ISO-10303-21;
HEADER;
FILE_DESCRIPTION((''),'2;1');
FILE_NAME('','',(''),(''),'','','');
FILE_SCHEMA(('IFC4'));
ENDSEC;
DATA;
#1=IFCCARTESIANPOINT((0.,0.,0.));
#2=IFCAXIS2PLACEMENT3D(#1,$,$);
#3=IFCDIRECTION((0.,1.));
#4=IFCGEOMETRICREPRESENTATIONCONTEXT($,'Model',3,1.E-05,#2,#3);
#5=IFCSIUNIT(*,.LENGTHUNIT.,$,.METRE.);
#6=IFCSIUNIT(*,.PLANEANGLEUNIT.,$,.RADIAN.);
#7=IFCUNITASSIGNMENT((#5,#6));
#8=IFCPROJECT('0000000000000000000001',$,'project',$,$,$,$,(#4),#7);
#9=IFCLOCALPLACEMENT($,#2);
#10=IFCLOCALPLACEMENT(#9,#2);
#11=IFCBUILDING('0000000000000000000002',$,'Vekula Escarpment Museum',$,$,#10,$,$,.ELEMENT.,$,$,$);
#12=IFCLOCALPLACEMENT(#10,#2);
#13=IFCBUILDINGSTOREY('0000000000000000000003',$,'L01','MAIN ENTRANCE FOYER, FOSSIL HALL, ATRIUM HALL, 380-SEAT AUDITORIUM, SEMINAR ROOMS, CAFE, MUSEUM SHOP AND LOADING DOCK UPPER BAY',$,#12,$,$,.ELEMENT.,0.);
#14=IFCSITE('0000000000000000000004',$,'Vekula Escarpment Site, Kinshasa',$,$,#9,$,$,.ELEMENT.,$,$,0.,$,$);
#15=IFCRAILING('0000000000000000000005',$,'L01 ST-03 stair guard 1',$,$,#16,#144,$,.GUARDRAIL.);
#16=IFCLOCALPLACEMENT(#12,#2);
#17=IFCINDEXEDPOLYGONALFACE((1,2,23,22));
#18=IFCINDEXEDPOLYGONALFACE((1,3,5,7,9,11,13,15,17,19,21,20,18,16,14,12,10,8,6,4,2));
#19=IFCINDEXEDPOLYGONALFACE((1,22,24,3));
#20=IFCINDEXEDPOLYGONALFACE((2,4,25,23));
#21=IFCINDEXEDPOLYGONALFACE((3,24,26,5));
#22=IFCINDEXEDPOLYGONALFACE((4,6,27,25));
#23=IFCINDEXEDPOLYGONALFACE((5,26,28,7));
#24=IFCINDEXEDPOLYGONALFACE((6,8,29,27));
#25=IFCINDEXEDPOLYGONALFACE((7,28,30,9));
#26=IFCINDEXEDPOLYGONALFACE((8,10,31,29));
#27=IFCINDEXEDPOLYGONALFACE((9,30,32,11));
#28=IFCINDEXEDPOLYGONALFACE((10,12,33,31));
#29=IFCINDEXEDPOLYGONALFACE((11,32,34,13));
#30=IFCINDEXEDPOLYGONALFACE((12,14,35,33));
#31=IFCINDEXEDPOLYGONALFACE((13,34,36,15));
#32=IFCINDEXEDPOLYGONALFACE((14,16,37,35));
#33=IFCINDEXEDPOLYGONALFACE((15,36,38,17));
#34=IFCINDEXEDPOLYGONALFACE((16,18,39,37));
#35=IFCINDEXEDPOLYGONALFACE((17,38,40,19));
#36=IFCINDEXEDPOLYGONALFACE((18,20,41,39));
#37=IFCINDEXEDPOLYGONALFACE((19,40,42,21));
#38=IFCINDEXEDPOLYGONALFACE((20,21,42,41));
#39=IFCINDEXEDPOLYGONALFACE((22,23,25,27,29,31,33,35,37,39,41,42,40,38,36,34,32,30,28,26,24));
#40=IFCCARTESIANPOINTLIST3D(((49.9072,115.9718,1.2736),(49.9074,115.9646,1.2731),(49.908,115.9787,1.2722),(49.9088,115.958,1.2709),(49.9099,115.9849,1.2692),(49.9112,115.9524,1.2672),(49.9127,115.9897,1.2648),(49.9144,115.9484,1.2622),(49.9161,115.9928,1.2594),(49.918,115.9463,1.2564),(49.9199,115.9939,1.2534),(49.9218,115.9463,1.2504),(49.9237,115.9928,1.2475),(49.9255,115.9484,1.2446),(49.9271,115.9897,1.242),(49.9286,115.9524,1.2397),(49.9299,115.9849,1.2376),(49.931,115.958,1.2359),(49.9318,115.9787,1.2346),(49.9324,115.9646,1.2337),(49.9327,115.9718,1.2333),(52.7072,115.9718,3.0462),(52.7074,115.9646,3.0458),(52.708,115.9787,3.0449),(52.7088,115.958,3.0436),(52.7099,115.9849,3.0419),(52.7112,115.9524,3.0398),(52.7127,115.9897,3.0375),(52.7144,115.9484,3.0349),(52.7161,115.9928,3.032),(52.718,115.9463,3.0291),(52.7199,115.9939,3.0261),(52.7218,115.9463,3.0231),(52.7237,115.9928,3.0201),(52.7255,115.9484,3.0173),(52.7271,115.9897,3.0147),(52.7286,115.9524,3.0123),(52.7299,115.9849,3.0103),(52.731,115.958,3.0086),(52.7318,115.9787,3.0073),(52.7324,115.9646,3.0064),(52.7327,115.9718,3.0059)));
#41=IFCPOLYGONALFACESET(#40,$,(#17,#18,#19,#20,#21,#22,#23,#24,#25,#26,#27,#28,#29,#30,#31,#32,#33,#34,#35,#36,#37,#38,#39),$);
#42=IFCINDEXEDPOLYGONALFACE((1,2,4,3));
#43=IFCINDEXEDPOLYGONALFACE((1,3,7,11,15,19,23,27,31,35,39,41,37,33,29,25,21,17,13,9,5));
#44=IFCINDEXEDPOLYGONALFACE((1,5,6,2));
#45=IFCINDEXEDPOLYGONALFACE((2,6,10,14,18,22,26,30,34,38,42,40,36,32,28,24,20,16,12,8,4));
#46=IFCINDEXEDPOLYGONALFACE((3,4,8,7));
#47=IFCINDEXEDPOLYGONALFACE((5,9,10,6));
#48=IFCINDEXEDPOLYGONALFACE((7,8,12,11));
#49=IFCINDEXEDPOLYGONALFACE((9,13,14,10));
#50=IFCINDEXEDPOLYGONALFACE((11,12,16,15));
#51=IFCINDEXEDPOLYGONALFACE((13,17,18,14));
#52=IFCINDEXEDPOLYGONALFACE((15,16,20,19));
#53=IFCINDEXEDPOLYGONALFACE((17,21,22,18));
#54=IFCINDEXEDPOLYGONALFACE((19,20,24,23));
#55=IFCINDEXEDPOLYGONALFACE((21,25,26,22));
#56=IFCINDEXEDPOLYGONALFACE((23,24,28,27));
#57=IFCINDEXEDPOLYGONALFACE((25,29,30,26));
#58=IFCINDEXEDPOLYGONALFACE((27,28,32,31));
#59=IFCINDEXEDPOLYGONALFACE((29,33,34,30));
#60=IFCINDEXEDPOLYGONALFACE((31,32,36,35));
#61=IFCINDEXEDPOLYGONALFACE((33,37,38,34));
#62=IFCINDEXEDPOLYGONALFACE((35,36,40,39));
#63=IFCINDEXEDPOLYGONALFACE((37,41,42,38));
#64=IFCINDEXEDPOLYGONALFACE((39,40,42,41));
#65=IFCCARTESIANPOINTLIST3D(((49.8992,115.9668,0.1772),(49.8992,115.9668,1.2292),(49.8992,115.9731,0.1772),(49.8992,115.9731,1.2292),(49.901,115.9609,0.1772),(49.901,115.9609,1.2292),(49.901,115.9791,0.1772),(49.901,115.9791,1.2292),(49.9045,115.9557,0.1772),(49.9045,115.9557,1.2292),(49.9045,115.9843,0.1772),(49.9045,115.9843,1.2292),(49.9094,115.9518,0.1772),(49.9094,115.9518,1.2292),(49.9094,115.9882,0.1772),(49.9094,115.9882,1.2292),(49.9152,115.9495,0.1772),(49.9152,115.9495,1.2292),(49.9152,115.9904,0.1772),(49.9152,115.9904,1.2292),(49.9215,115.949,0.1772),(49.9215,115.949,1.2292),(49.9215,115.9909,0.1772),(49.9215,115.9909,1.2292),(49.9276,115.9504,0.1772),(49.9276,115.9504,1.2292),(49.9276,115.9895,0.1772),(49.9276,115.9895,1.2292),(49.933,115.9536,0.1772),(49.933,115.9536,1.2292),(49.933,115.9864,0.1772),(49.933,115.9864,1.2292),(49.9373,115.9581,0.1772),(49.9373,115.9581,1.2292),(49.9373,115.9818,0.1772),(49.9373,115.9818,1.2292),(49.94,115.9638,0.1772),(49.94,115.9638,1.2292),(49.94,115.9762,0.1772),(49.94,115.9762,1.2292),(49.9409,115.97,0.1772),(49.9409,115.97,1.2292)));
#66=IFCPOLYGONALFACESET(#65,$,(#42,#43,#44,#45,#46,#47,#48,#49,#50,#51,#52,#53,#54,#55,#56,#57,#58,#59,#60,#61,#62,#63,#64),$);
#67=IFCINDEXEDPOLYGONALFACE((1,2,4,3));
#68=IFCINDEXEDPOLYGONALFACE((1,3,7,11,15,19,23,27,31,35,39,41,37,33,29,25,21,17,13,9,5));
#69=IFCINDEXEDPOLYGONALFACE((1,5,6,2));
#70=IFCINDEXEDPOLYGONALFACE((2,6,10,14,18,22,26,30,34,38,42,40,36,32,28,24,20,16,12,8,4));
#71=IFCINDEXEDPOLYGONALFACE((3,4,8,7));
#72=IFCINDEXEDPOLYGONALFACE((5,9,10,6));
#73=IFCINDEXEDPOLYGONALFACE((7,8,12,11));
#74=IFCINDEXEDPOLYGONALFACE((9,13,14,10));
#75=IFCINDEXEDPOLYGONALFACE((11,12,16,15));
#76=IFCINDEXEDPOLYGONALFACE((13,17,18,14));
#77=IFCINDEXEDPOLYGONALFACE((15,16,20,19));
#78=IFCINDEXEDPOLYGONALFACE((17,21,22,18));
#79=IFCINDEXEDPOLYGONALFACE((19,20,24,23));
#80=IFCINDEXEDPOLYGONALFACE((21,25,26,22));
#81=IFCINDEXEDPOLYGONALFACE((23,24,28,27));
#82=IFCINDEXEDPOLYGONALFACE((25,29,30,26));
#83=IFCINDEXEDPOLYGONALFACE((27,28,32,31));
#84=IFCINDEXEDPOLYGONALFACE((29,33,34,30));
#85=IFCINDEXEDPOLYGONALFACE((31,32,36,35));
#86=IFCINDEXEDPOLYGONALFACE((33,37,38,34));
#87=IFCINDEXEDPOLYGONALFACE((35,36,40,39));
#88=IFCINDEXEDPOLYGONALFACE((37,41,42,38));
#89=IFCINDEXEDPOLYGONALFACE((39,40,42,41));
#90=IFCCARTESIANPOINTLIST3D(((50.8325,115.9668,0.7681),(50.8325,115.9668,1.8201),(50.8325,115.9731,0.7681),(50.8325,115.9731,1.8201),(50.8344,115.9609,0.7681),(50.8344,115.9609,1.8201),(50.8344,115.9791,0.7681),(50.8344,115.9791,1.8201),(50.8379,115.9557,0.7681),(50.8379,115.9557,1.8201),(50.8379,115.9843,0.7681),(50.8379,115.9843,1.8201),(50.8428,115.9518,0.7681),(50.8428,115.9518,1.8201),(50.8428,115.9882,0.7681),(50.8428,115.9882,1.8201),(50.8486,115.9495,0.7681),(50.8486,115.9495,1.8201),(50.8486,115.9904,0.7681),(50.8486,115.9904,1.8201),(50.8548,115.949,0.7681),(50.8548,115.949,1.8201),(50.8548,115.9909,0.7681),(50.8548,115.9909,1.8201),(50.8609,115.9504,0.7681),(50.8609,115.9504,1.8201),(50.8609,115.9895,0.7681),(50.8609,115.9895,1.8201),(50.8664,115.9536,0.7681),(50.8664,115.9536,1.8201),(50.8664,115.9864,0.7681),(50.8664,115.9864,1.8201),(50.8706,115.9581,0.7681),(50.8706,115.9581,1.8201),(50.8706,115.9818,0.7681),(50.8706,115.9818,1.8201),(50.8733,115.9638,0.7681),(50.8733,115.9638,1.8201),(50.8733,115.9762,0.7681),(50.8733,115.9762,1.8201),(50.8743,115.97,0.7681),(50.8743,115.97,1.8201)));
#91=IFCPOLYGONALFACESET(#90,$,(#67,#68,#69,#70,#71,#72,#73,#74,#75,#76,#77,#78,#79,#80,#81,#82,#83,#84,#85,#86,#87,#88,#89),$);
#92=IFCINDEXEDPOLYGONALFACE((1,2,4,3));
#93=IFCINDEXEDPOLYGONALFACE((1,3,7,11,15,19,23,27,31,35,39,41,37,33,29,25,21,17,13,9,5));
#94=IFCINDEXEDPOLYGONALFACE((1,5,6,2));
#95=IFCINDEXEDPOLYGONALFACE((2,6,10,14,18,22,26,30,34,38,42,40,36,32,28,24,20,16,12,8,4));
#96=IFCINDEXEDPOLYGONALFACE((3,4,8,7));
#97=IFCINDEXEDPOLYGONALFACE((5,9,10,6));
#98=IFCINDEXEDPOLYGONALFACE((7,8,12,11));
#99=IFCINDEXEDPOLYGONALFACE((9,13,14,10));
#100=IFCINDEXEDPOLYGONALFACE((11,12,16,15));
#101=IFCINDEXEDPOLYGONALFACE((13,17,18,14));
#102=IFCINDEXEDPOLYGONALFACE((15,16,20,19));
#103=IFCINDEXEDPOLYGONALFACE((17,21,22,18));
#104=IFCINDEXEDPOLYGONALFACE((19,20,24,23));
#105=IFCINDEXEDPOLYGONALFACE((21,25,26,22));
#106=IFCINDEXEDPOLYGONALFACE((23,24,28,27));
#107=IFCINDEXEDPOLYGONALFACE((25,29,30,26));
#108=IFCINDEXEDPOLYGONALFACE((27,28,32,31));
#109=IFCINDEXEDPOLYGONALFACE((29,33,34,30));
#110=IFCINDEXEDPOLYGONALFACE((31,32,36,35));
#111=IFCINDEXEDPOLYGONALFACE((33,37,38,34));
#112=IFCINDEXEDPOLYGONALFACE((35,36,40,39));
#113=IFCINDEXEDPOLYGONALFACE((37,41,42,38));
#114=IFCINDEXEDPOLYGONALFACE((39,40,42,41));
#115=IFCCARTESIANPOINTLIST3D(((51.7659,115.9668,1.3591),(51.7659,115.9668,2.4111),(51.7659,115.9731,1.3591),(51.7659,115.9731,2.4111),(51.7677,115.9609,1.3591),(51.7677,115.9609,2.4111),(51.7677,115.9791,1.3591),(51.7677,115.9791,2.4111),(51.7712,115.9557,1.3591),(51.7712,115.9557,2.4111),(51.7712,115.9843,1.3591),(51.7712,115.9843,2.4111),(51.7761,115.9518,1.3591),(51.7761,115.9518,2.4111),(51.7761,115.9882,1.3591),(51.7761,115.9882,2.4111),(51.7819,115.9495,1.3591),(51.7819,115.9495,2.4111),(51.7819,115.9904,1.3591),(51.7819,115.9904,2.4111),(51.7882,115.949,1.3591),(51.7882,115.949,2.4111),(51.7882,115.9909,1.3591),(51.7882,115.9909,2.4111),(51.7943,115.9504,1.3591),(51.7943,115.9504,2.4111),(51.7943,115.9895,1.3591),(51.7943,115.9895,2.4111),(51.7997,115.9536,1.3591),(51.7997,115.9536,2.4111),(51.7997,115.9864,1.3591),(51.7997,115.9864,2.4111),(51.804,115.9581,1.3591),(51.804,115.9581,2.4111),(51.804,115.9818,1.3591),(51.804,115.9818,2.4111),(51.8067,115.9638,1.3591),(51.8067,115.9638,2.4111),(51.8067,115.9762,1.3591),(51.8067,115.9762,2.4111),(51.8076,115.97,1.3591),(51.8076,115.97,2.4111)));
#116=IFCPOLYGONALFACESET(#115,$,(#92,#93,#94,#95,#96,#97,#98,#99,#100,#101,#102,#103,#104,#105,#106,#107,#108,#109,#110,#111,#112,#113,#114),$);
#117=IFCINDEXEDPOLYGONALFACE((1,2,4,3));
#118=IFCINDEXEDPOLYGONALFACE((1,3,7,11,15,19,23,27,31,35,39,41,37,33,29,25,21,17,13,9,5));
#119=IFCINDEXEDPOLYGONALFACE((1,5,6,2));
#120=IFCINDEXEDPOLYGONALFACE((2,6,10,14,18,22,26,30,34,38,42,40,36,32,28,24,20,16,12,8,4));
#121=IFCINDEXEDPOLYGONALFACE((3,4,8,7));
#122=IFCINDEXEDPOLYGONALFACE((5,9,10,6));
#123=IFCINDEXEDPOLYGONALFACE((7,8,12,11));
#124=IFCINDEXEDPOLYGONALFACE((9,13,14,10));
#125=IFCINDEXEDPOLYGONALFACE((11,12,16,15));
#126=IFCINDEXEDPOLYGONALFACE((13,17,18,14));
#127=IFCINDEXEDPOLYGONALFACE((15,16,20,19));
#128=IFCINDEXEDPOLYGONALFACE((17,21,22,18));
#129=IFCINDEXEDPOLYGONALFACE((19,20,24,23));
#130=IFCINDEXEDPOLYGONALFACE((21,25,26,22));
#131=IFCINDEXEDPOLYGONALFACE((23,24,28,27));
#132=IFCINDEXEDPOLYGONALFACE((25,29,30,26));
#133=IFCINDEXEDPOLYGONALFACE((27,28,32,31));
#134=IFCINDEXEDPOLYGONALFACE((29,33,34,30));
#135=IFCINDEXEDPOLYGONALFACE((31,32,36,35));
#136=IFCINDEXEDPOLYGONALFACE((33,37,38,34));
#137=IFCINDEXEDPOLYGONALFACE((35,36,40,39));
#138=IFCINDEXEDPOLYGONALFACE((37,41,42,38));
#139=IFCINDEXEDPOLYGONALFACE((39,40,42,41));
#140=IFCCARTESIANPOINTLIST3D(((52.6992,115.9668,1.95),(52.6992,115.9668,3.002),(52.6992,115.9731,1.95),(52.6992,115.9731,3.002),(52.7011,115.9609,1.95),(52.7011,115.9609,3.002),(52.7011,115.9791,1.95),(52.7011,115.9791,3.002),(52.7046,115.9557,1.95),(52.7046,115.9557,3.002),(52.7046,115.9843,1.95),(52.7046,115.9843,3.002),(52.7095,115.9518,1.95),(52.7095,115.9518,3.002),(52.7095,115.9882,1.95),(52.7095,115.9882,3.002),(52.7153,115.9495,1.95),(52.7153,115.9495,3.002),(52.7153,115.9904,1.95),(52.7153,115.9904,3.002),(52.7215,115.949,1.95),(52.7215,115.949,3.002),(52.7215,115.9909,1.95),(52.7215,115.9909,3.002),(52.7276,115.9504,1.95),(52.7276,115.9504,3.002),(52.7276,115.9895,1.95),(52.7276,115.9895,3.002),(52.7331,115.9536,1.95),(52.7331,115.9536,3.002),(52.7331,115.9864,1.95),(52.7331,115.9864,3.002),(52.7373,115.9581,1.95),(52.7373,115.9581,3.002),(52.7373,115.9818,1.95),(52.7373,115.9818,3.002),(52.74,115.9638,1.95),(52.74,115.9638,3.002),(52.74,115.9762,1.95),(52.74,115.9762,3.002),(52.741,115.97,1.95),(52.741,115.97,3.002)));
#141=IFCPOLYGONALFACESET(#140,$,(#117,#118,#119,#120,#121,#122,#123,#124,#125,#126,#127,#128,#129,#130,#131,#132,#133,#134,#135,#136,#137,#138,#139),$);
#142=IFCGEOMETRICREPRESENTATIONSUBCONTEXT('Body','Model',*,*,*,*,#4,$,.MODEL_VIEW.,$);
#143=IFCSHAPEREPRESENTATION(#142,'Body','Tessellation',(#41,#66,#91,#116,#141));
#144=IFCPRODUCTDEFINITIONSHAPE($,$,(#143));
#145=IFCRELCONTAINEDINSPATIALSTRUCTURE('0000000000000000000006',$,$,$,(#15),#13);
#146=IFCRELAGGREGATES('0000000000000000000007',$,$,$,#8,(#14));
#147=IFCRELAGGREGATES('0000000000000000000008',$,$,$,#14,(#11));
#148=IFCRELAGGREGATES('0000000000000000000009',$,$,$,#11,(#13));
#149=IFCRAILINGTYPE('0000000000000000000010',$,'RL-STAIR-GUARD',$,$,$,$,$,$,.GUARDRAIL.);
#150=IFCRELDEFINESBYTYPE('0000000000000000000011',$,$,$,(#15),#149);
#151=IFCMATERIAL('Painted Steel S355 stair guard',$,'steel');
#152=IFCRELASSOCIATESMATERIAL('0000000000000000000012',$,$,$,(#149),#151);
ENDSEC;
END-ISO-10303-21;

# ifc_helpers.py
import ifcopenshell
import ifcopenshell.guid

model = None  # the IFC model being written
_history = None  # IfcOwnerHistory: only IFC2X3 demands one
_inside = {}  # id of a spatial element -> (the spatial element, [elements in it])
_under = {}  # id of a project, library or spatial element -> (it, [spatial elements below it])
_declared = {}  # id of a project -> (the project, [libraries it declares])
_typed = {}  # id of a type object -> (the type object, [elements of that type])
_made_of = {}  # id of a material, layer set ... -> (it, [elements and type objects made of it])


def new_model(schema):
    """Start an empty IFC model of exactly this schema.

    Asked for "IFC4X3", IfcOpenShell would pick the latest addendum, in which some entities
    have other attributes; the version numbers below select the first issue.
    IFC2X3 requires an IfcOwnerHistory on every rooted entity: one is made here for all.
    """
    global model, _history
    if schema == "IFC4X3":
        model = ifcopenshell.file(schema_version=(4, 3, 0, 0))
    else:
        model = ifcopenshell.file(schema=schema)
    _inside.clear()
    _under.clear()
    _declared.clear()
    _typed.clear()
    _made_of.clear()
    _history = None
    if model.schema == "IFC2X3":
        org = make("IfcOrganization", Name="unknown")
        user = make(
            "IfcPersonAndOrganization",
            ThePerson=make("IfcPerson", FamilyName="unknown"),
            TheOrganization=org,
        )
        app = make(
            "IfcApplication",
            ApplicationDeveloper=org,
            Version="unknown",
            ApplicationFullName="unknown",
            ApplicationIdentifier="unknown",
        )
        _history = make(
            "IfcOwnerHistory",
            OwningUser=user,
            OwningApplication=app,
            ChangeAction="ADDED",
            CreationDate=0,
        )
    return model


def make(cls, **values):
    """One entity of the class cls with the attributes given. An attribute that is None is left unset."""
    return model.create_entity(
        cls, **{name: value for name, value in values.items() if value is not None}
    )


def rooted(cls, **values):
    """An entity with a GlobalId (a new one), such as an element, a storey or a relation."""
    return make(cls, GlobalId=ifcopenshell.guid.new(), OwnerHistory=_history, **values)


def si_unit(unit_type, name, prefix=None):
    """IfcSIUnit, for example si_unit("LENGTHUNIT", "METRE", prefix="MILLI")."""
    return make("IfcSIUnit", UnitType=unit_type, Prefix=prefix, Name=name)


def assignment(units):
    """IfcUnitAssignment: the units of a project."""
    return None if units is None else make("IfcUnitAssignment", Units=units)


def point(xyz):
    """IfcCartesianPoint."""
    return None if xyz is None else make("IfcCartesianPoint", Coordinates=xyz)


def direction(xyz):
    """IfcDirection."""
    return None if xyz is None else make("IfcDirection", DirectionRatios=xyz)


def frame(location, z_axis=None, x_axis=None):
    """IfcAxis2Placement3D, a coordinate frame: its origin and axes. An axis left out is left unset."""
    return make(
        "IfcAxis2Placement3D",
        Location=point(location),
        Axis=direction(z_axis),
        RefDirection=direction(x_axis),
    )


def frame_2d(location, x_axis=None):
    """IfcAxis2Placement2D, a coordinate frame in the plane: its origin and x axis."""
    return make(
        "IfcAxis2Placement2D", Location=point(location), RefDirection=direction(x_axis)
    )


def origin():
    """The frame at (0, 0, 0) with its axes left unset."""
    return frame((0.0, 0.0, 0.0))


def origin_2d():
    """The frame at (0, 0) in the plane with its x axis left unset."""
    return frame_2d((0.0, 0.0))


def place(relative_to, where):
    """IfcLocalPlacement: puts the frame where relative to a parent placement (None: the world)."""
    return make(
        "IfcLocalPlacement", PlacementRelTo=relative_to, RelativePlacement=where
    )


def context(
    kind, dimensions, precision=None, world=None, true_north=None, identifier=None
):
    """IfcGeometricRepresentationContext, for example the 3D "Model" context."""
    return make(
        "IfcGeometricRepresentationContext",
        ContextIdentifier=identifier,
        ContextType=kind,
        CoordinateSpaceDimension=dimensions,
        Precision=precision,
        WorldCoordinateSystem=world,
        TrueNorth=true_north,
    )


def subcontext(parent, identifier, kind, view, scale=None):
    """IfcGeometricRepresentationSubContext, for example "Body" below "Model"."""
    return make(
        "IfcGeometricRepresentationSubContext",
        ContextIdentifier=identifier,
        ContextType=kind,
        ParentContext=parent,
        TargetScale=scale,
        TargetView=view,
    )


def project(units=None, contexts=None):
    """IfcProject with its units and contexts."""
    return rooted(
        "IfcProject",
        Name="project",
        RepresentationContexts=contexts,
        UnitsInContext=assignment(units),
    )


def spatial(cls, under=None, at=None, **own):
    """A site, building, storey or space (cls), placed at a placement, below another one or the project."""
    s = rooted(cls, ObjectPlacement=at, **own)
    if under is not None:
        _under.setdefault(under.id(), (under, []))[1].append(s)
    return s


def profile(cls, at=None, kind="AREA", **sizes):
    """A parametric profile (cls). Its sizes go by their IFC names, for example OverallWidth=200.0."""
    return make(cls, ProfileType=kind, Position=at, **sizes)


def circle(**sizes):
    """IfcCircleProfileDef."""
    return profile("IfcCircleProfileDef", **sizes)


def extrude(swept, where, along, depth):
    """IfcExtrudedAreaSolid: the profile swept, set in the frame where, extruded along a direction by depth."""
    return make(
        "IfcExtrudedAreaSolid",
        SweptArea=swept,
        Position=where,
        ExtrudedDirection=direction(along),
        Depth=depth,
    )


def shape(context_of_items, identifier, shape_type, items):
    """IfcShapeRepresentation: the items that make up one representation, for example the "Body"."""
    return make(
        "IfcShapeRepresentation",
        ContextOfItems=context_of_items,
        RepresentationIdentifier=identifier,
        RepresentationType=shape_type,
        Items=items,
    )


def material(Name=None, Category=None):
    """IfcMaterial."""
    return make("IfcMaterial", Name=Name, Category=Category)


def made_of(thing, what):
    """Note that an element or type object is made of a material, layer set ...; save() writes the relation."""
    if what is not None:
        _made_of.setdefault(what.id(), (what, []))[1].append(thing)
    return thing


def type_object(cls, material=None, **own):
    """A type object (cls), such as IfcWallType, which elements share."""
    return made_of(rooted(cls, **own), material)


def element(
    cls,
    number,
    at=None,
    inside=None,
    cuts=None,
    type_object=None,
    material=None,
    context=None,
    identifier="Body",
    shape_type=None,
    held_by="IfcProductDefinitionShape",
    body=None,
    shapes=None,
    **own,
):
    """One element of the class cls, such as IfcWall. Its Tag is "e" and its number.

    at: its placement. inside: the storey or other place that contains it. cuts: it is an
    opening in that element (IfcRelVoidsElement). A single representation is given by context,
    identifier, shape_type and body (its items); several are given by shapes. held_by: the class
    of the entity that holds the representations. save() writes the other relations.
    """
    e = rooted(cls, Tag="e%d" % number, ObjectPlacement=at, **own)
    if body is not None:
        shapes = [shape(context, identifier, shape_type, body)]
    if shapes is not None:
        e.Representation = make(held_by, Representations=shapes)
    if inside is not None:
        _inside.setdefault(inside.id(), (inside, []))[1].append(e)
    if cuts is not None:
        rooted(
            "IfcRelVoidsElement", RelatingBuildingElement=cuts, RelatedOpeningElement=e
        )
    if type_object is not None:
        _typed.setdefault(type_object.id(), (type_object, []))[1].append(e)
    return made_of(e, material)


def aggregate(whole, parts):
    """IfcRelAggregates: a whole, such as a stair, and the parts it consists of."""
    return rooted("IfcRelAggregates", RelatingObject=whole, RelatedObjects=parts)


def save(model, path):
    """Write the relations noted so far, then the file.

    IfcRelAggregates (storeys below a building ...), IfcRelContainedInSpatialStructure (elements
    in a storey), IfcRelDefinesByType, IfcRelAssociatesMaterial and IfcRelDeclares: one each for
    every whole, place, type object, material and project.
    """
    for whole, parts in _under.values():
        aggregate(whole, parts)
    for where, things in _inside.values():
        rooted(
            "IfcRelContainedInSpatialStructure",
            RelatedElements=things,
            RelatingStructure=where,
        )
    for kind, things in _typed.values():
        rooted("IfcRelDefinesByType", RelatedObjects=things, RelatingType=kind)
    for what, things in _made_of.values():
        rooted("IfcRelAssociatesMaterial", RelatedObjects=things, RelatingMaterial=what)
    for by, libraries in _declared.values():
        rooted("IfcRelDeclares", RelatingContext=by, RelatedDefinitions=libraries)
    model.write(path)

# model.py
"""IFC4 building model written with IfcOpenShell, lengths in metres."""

from ifc_helpers import new_model, si_unit, direction, frame, origin, origin_2d, place, context, subcontext, project, spatial, circle, extrude, material, type_object, element, save


model = new_model("IFC4")

# Units and contexts
model_context = context("Model", 3, precision=1e-05, world=origin(), true_north=direction((0.0, 1.0)))
body_context = subcontext(model_context, "Body", "Model", "MODEL_VIEW")
ifc_project = project(units=[si_unit("LENGTHUNIT", "METRE"), si_unit("PLANEANGLEUNIT", "RADIAN")], contexts=[model_context])

# Site, building, storey
site_placement = place(None, origin())
site = spatial("IfcSite", under=ifc_project, at=site_placement, Name="Vekula Escarpment Site, Kinshasa", CompositionType="ELEMENT", RefElevation=0.0)
building_placement = place(site_placement, origin())
building = spatial("IfcBuilding", under=site, at=building_placement, Name="Vekula Escarpment Museum", CompositionType="ELEMENT")
storey_placement = place(building_placement, origin())
storey = spatial("IfcBuildingStorey", under=building, at=storey_placement, Name="L01", Description="MAIN ENTRANCE FOYER, FOSSIL HALL, ATRIUM HALL, 380-SEAT AUDITORIUM, SEMINAR ROOMS, CAFE, MUSEUM SHOP AND LOADING DOCK UPPER BAY", CompositionType="ELEMENT", Elevation=0.0)

# Railing
ifc_material_1 = material(Name="Painted Steel S355 stair guard", Category="steel")
railing_type_1 = type_object("IfcRailingType", Name="RL-STAIR-GUARD", PredefinedType="GUARDRAIL", material=ifc_material_1)
railing_1_placement = place(storey_placement, frame((49.9199, 115.97, 0.1772)))
element("IfcRailing", 1, at=railing_1_placement, inside=storey, type_object=railing_type_1, Name="L01 ST-03 stair guard 1", PredefinedType="GUARDRAIL", context=body_context, shape_type="SweptSolid", body=[
    extrude(circle(Radius=0.0239, at=origin_2d()), frame((0.0, 0.0, 1.0762), z_axis=(0.844909, 0.0, 0.53491), x_axis=(0.0, 1.0, 0.0)), (0.0, 0.0, 1.0), 3.314),
    extrude(circle(Radius=0.021, at=origin_2d()), origin(), (0.0, 0.0, 1.0), 1.052),
    extrude(circle(Radius=0.021, at=origin_2d()), frame((0.9333, 0.0, 0.5908)), (0.0, 0.0, 1.0), 1.052),
    extrude(circle(Radius=0.021, at=origin_2d()), frame((1.8667, 0.0, 1.1819)), (0.0, 0.0, 1.0), 1.052),
    extrude(circle(Radius=0.021, at=origin_2d()), frame((2.8, 0.0, 1.7727)), (0.0, 0.0, 1.0), 1.052),
])

save(model, "model.ifc")
